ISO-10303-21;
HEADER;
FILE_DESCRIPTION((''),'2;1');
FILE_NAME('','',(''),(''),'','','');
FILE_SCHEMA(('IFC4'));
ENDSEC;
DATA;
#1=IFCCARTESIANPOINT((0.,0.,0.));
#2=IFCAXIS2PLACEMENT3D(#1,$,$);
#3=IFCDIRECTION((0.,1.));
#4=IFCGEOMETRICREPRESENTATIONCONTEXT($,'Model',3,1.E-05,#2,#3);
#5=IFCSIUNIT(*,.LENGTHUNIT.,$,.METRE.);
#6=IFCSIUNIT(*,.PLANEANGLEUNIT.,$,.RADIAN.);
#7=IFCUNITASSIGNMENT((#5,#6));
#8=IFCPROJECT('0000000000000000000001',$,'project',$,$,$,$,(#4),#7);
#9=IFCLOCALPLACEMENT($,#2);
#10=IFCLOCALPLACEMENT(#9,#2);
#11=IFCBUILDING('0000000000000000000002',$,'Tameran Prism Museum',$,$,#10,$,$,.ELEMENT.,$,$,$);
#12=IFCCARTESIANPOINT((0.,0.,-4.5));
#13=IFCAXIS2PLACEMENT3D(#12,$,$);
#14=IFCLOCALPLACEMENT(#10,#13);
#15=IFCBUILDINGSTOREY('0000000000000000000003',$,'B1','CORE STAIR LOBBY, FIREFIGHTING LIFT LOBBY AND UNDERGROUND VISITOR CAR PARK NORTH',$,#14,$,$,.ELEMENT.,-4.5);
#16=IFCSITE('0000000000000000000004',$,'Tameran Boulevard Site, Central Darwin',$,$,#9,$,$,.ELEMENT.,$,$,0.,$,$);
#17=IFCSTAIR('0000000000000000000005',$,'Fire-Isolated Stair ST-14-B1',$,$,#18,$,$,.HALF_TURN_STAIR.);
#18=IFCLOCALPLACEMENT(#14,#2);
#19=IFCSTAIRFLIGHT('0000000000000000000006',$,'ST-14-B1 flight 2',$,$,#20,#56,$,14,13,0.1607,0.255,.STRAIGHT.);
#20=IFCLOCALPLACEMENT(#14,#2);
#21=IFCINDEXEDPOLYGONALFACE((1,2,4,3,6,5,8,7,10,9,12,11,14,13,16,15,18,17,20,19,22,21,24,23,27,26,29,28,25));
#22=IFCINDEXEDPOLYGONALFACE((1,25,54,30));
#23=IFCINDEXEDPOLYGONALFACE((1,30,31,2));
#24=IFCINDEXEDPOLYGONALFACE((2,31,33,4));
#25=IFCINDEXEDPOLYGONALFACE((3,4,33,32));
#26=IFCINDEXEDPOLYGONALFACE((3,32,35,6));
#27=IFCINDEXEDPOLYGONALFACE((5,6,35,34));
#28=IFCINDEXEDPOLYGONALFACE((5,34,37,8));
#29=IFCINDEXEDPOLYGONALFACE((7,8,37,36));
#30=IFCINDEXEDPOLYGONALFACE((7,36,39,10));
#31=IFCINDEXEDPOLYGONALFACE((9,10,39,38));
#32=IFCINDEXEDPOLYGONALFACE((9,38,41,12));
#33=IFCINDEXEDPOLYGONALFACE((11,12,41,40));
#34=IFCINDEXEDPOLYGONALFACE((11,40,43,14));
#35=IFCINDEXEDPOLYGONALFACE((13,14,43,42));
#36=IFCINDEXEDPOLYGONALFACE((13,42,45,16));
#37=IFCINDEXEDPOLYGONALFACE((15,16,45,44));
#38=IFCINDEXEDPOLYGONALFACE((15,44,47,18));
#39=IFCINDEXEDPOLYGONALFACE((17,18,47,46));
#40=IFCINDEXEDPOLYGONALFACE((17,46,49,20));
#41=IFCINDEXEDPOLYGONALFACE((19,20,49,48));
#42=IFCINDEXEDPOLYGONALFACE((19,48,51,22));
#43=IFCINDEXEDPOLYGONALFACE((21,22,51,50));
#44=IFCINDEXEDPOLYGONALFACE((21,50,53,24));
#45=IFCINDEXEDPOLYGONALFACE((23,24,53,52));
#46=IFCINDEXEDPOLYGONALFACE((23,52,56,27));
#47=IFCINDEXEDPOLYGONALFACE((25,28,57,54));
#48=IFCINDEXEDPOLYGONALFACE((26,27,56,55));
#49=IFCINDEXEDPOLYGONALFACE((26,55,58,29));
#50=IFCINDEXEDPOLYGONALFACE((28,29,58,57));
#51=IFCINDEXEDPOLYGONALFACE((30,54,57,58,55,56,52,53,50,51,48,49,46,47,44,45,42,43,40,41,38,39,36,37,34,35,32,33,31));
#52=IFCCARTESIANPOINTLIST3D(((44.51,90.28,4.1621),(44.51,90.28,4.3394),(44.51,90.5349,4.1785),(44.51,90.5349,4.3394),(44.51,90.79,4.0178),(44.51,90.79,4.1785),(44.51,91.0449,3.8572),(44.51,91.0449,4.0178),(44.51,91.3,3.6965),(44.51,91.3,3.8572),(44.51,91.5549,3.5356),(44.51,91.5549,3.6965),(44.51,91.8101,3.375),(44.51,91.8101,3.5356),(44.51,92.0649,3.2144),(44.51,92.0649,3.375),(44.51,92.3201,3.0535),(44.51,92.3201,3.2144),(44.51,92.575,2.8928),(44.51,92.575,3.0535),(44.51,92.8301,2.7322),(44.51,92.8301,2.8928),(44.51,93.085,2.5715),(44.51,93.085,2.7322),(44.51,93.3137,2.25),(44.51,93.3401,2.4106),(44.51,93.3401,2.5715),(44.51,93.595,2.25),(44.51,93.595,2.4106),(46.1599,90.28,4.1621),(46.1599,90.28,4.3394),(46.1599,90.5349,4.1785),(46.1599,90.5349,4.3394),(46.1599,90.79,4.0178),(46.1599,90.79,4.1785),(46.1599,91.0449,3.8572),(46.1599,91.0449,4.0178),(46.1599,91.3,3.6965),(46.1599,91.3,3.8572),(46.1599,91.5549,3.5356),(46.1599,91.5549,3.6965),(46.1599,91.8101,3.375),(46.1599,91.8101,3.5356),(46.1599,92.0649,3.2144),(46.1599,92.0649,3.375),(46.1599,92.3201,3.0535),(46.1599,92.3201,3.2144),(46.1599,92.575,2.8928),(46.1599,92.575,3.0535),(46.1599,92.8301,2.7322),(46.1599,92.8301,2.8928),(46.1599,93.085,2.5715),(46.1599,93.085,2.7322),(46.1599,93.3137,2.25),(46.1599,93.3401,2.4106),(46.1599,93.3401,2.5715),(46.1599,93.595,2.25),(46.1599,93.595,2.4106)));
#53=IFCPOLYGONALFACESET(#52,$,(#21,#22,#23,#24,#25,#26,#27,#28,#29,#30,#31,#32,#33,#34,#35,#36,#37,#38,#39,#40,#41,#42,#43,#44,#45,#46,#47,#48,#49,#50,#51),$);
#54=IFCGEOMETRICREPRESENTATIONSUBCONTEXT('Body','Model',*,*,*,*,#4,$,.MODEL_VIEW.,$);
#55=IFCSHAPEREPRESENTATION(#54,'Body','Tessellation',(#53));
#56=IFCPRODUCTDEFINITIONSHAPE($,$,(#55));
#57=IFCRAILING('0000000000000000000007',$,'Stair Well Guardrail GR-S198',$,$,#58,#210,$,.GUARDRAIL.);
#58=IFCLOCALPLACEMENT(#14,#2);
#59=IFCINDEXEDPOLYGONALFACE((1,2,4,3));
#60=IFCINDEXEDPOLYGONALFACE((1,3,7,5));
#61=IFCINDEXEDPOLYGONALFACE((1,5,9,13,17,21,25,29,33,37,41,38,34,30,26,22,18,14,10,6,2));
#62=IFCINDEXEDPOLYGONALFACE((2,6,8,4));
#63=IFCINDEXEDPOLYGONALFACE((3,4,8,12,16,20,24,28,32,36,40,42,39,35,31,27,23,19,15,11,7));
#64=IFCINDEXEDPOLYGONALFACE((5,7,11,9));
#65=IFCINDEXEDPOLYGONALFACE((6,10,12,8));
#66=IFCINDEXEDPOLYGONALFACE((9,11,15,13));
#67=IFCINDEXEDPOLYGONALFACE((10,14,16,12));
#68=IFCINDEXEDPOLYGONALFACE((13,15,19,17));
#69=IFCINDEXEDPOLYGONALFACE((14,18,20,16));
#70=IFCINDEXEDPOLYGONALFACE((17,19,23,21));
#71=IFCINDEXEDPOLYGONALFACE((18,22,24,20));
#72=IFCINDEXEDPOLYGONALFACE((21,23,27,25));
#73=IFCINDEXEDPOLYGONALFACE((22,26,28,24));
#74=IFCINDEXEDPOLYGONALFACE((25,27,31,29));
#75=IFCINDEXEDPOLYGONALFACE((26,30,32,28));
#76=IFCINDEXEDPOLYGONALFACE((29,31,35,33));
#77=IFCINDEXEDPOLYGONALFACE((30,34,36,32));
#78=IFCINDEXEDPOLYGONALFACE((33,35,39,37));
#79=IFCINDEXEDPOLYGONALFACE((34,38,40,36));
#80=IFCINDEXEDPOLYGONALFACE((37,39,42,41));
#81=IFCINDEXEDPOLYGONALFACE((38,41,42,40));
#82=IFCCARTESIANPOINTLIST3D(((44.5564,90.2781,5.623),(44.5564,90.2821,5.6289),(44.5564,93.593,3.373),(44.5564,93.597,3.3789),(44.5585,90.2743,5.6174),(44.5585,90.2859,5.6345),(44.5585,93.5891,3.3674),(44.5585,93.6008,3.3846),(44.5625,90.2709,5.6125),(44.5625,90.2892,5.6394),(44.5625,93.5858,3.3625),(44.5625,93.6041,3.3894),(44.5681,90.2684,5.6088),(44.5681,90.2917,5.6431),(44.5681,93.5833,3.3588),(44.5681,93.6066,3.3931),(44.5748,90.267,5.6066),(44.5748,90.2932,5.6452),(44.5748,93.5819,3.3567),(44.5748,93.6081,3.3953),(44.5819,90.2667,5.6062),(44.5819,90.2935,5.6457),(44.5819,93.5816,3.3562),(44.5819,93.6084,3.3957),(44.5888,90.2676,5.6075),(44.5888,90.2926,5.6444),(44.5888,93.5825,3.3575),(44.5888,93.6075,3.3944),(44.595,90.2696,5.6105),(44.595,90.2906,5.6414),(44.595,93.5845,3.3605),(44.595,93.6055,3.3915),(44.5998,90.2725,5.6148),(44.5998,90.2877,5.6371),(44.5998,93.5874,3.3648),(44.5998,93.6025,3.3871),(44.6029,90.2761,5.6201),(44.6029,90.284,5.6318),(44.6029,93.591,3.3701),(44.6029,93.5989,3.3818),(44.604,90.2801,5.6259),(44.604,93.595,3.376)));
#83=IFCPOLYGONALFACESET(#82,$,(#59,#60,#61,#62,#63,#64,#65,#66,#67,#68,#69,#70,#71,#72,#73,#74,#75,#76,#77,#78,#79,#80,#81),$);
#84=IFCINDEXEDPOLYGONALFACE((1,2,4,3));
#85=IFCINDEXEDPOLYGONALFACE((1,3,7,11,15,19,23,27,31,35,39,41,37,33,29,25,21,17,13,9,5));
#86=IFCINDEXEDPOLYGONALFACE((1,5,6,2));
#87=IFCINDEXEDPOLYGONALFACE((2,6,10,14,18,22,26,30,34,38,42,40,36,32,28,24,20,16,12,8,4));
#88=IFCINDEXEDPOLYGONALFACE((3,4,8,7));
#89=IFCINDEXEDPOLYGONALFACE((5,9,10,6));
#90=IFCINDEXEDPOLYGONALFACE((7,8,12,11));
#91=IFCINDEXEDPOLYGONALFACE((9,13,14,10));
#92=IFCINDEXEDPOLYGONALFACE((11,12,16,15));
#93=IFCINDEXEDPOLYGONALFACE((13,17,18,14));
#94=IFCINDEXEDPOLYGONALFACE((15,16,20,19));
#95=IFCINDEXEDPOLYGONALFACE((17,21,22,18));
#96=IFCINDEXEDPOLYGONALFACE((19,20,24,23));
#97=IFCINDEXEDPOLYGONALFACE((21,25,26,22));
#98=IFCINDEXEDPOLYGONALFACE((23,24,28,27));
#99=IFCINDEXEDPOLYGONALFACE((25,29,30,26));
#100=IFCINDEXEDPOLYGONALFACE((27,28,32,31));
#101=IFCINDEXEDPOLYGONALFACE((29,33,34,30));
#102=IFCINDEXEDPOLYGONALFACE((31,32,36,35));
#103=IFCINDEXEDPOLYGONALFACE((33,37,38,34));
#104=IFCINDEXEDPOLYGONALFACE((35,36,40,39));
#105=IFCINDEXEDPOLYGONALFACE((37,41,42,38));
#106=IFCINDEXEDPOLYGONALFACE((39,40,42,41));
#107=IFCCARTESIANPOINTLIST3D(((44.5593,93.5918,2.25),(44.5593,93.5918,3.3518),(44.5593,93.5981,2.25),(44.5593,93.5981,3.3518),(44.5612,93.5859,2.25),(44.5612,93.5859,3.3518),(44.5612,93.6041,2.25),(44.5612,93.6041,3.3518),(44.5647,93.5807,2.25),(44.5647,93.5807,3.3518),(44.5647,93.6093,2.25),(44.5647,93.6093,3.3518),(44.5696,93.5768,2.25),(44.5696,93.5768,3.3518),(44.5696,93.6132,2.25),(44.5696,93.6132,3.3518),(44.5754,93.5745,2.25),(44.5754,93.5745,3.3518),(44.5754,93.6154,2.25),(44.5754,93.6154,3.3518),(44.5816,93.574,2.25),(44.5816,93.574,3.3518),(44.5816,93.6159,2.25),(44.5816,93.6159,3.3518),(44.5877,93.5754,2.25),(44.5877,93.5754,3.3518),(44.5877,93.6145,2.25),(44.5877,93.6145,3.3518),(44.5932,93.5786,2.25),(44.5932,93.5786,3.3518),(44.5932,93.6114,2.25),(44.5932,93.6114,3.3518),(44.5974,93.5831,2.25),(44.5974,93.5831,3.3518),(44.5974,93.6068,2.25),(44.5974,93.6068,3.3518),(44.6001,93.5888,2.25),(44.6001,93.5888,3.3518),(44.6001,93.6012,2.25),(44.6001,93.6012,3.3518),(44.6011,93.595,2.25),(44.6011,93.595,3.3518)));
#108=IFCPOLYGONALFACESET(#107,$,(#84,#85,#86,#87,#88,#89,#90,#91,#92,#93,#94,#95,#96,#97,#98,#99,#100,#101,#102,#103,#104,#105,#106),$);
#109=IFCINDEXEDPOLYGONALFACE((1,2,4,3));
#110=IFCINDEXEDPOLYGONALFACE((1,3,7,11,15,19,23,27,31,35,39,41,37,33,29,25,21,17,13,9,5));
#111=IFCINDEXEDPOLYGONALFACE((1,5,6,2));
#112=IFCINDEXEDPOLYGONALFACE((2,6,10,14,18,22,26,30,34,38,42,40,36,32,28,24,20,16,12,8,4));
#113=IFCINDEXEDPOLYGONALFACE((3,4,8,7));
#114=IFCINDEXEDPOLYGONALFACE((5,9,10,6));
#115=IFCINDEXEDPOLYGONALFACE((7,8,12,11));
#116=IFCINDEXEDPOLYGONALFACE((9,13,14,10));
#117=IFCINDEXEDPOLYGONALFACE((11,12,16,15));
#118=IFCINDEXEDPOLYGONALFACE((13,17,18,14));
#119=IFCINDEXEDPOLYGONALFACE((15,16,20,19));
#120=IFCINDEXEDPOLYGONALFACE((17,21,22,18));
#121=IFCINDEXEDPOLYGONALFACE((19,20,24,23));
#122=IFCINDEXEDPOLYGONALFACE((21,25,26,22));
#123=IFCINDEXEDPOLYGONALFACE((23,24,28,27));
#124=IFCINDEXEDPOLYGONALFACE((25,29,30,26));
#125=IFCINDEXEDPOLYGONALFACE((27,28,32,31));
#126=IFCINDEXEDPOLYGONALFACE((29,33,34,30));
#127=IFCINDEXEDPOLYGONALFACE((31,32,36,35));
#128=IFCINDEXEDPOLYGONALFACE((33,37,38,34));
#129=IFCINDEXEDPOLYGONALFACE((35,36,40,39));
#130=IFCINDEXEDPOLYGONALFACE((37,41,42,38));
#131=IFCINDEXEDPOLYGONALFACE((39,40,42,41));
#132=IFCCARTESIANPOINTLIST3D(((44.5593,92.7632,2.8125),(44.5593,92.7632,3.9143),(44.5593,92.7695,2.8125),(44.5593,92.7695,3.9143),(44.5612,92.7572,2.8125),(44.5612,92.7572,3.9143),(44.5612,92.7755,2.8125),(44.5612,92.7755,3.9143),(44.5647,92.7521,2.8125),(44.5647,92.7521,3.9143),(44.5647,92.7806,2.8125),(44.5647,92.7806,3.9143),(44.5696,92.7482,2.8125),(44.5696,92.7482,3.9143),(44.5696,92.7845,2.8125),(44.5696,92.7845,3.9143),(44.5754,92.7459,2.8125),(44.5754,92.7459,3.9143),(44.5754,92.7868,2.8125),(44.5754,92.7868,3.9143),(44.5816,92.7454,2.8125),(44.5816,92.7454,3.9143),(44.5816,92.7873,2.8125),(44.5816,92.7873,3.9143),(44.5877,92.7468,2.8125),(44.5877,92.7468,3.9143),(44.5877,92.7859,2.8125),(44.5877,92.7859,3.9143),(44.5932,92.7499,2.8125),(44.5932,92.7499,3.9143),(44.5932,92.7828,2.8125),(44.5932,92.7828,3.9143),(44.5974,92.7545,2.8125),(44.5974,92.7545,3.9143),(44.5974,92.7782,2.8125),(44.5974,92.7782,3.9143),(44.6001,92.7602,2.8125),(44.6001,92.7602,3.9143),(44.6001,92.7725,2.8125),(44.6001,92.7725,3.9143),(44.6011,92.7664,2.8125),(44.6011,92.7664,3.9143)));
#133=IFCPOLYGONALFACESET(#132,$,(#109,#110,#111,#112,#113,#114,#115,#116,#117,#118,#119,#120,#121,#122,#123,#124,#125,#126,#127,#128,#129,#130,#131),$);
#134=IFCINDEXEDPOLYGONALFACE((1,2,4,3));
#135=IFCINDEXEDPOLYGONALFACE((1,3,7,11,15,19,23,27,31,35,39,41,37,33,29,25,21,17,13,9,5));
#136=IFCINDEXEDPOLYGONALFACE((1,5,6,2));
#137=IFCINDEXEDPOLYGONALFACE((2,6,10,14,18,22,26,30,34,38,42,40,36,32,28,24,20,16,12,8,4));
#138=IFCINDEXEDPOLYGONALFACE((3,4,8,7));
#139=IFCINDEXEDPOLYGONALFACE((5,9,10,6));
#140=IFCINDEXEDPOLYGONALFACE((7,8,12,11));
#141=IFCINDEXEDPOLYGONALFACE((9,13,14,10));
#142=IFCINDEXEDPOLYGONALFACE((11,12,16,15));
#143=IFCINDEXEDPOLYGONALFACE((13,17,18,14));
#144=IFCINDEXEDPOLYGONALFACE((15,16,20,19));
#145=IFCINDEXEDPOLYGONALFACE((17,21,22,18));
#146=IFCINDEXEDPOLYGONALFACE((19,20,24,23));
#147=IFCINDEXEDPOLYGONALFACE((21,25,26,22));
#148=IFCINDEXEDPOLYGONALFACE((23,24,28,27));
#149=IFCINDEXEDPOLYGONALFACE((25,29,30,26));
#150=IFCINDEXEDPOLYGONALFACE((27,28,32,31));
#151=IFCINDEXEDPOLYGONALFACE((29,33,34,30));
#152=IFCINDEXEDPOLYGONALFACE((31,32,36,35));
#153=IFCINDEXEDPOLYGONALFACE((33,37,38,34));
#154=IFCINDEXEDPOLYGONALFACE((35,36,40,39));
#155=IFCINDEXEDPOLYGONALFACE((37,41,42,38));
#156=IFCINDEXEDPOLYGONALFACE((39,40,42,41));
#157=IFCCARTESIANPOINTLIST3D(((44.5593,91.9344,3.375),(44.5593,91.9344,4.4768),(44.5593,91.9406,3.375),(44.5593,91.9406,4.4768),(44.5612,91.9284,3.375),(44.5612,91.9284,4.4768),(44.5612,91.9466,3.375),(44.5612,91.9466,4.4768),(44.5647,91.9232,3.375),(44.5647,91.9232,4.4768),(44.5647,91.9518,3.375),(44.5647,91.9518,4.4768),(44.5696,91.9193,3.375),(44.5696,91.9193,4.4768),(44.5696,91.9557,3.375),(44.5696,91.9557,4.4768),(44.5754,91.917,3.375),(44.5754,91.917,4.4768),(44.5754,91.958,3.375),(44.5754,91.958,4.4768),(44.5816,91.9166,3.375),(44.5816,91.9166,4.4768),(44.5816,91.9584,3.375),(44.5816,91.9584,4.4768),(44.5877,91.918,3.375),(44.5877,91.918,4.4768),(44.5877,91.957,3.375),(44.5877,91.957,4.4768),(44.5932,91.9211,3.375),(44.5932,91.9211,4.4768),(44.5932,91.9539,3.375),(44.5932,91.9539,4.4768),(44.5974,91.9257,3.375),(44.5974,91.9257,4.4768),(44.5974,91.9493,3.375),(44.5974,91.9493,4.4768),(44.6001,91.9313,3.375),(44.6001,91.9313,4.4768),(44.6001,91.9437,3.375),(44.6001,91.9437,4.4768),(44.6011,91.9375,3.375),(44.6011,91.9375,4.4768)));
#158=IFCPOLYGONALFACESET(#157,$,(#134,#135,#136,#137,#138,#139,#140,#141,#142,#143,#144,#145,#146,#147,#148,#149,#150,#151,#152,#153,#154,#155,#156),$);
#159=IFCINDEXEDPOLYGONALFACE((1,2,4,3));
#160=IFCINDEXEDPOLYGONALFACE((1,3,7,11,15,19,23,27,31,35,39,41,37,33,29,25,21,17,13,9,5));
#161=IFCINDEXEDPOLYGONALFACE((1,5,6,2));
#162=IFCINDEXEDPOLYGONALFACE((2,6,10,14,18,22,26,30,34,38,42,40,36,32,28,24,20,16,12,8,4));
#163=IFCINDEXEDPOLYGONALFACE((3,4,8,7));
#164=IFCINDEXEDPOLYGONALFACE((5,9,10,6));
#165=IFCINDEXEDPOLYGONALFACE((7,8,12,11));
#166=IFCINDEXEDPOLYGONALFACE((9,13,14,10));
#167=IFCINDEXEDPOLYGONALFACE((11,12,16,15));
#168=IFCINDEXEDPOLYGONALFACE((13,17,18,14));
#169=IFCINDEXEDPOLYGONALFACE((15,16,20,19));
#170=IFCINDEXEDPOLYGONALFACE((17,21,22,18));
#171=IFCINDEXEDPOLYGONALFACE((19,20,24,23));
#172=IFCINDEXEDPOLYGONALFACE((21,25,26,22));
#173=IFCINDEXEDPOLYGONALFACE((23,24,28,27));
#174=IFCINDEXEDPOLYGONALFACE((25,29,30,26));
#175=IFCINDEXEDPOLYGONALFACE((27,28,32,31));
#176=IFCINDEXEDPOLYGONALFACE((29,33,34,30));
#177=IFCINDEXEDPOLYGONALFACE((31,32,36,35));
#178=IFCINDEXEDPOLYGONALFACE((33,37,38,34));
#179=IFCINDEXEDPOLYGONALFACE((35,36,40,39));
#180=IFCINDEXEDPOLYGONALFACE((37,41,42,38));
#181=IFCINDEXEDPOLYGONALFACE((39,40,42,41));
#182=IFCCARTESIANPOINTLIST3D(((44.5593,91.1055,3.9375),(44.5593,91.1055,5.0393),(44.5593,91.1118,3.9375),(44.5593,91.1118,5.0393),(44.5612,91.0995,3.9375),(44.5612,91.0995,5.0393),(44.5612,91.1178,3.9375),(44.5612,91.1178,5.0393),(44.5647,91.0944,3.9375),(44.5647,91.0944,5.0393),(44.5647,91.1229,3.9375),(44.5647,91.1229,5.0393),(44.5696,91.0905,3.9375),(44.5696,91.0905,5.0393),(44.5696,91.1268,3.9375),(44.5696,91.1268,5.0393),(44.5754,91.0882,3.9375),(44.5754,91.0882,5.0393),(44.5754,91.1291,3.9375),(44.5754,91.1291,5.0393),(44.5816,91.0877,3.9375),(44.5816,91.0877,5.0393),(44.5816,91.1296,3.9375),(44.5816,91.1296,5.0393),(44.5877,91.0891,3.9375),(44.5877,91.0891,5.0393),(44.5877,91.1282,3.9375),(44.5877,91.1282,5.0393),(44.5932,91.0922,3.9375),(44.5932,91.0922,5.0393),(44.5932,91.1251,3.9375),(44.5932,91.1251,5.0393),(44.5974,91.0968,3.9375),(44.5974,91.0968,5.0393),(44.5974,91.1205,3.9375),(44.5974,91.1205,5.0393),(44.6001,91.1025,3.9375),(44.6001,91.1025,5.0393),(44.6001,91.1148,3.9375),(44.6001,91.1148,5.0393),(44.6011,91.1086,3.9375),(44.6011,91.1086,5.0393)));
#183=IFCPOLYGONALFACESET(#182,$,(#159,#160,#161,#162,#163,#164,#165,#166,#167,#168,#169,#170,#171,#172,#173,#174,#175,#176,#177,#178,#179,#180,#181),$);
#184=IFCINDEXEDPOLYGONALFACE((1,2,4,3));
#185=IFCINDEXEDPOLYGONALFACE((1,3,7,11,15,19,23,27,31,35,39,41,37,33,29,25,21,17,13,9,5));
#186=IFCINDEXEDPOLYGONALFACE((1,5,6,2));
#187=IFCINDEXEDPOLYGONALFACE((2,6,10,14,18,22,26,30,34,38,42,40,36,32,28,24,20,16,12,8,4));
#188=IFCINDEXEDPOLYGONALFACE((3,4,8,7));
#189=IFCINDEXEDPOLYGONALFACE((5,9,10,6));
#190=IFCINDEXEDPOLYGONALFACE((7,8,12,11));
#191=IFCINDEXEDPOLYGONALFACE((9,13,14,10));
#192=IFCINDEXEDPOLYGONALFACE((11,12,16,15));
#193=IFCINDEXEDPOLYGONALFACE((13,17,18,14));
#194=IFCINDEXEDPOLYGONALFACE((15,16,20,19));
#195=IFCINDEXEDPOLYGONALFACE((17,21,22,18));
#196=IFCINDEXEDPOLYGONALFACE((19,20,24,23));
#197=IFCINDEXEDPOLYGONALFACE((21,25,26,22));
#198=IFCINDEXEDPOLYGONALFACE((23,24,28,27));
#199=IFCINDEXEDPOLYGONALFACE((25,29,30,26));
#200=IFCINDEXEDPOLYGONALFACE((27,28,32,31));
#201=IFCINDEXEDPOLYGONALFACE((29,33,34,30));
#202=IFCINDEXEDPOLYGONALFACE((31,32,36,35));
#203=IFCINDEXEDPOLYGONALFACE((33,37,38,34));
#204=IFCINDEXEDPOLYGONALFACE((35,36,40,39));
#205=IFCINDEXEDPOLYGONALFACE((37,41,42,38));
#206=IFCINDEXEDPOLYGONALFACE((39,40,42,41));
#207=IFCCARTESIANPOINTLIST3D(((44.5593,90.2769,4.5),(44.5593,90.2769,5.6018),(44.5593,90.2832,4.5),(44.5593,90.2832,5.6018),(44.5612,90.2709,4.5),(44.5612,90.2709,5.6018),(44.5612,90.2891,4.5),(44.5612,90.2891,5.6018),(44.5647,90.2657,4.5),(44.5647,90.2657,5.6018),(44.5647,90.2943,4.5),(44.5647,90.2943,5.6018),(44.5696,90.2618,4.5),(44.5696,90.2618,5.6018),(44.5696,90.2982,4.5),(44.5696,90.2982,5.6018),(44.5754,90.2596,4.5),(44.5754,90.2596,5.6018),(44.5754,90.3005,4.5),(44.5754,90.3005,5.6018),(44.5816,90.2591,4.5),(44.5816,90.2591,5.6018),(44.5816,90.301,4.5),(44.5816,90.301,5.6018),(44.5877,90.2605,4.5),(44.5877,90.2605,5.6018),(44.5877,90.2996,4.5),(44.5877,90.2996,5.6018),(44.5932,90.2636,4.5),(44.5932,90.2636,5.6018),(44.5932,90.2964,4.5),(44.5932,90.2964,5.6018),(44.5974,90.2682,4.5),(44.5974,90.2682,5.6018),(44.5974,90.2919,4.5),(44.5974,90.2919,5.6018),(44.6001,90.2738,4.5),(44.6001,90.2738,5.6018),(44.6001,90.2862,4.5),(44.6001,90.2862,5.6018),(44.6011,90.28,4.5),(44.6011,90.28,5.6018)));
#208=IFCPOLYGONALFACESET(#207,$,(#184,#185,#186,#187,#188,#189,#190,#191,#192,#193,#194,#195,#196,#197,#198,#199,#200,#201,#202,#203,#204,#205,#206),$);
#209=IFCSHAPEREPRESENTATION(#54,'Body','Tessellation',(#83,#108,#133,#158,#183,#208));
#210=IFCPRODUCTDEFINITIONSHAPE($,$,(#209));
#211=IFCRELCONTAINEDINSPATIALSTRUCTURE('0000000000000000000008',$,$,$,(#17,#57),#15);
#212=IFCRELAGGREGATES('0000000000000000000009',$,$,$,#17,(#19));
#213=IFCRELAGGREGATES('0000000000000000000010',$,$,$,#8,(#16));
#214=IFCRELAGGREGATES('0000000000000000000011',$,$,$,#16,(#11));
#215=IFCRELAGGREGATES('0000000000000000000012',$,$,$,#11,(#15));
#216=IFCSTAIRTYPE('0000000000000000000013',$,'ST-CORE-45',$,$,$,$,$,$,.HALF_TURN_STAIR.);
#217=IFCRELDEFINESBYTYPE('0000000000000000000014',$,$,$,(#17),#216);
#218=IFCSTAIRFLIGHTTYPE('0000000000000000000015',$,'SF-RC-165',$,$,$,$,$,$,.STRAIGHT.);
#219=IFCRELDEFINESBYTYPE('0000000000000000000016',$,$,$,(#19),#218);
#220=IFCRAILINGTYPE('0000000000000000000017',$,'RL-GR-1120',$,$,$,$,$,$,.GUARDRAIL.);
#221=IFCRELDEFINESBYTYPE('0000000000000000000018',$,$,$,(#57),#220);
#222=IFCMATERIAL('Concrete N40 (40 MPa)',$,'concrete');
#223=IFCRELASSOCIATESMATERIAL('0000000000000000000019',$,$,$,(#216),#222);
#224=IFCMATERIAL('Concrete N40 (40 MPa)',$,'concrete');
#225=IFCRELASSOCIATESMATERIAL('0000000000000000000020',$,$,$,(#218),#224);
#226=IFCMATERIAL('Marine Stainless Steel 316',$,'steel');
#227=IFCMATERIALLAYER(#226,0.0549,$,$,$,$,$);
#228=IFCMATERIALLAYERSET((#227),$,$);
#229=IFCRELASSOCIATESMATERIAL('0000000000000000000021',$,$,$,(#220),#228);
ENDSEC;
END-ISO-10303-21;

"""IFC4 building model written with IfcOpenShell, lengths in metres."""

from ifc_helpers import new_model, si_unit, direction, frame, origin, origin_2d, place, context, subcontext, project, spatial, polyline, circle, outline, extrude, material, layer, layer_set, type_object, element, aggregate, save


model = new_model("IFC4")

# Units and contexts
model_context = context("Model", 3, precision=1e-05, world=origin(), true_north=direction((0.0, 1.0)))
body_context = subcontext(model_context, "Body", "Model", "MODEL_VIEW")
ifc_project = project(units=[si_unit("LENGTHUNIT", "METRE"), si_unit("PLANEANGLEUNIT", "RADIAN")], contexts=[model_context])

# Site, building, storey
site_placement = place(None, origin())
site = spatial("IfcSite", under=ifc_project, at=site_placement, Name="Tameran Boulevard Site, Central Darwin", CompositionType="ELEMENT", RefElevation=0.0)
building_placement = place(site_placement, origin())
building = spatial("IfcBuilding", under=site, at=building_placement, Name="Tameran Prism Museum", CompositionType="ELEMENT")
storey_placement = place(building_placement, frame((0.0, 0.0, -4.5)))
storey = spatial("IfcBuildingStorey", under=building, at=storey_placement, Name="B1", Description="CORE STAIR LOBBY, FIREFIGHTING LIFT LOBBY AND UNDERGROUND VISITOR CAR PARK NORTH", CompositionType="ELEMENT", Elevation=-4.5)

# Stair, stair flight
ifc_material_1 = material(Name="Concrete N40 (40 MPa)", Category="concrete")
stair_type = type_object("IfcStairType", Name="ST-CORE-45", PredefinedType="HALF_TURN_STAIR", material=ifc_material_1)
stair_placement = place(storey_placement, origin())
stair = element("IfcStair", 1, at=stair_placement, inside=storey, type_object=stair_type, Name="Fire-Isolated Stair ST-14-B1", PredefinedType="HALF_TURN_STAIR")
ifc_material_2 = material(Name="Concrete N40 (40 MPa)", Category="concrete")
stair_flight_type = type_object("IfcStairFlightType", Name="SF-RC-165", PredefinedType="STRAIGHT", material=ifc_material_2)
stair_flight_placement = place(storey_placement, frame((45.335, 93.595, 2.25), z_axis=(0.0, 0.0, 1.0), x_axis=(0.0, -1.0, 0.0)))
stair_flight = element("IfcStairFlight", 2, at=stair_flight_placement, type_object=stair_flight_type, Name="ST-14-B1 flight 2", NumberOfRisers=14, NumberOfTreads=13, PredefinedType="STRAIGHT", RiserHeight=0.1607, TreadLength=0.255, context=body_context, shape_type="SweptSolid", body=[
    extrude(outline(polyline([(0.0, 0.0), (0.0, 0.1606), (0.2549, 0.1606), (0.2549, 0.3215), (0.51, 0.3215), (0.51, 0.4822), (0.7649, 0.4822), (0.7649, 0.6428), (1.02, 0.6428), (1.02, 0.8035), (1.2749, 0.8035), (1.2749, 0.9644), (1.53, 0.9644), (1.53, 1.125), (1.7849, 1.125), (1.7849, 1.2856), (2.04, 1.2856), (2.04, 1.4465), (2.2949, 1.4465), (2.2949, 1.6072), (2.55, 1.6072), (2.55, 1.7678), (2.8049, 1.7678), (2.8049, 1.9285), (3.0601, 1.9285), (3.0601, 2.0894), (3.3149, 2.0894), (3.3149, 2.25), (3.3149, 1.9121), (0.2812, 0.0), (0.0, 0.0)])), frame((0.0, 0.825, 0.0), z_axis=(0.0, -1.0, 0.0), x_axis=(1.0, 0.0, 0.0)), (0.0, 0.0, 1.0), 1.6499),
])
aggregate(stair, [stair_flight])

# Railing
ifc_material_3 = material(Name="Marine Stainless Steel 316", Category="steel")
ifc_layer_1 = layer(ifc_material_3, 0.0549)
ifc_layer_set_1 = layer_set([ifc_layer_1])
railing_type_1 = type_object("IfcRailingType", Name="RL-GR-1120", PredefinedType="GUARDRAIL", material=ifc_layer_set_1)
railing_1_placement = place(storey_placement, frame((44.5801, 93.595, 2.25)))
element("IfcRailing", 3, at=railing_1_placement, inside=storey, type_object=railing_type_1, Name="Stair Well Guardrail GR-S198", PredefinedType="GUARDRAIL", context=body_context, shape_type="SweptSolid", body=[
    extrude(circle(Radius=0.0239, at=origin_2d()), frame((0.0, 0.0, 1.126), z_axis=(0.0, -0.827409, 0.5616), x_axis=(1.0, 0.0, 0.0)), (0.0, 0.0, 1.0), 4.0063),
    extrude(circle(Radius=0.021, at=origin_2d()), origin(), (0.0, 0.0, 1.0), 1.1018),
    extrude(circle(Radius=0.021, at=origin_2d()), frame((0.0, -0.8286, 0.5625)), (0.0, 0.0, 1.0), 1.1018),
    extrude(circle(Radius=0.021, at=origin_2d()), frame((0.0, -1.6575, 1.125)), (0.0, 0.0, 1.0), 1.1018),
    extrude(circle(Radius=0.021, at=origin_2d()), frame((0.0, -2.4863, 1.6875)), (0.0, 0.0, 1.0), 1.1018),
    extrude(circle(Radius=0.021, at=origin_2d()), frame((0.0, -3.3149, 2.25)), (0.0, 0.0, 1.0), 1.1018),
])

save(model, "model.ifc")
